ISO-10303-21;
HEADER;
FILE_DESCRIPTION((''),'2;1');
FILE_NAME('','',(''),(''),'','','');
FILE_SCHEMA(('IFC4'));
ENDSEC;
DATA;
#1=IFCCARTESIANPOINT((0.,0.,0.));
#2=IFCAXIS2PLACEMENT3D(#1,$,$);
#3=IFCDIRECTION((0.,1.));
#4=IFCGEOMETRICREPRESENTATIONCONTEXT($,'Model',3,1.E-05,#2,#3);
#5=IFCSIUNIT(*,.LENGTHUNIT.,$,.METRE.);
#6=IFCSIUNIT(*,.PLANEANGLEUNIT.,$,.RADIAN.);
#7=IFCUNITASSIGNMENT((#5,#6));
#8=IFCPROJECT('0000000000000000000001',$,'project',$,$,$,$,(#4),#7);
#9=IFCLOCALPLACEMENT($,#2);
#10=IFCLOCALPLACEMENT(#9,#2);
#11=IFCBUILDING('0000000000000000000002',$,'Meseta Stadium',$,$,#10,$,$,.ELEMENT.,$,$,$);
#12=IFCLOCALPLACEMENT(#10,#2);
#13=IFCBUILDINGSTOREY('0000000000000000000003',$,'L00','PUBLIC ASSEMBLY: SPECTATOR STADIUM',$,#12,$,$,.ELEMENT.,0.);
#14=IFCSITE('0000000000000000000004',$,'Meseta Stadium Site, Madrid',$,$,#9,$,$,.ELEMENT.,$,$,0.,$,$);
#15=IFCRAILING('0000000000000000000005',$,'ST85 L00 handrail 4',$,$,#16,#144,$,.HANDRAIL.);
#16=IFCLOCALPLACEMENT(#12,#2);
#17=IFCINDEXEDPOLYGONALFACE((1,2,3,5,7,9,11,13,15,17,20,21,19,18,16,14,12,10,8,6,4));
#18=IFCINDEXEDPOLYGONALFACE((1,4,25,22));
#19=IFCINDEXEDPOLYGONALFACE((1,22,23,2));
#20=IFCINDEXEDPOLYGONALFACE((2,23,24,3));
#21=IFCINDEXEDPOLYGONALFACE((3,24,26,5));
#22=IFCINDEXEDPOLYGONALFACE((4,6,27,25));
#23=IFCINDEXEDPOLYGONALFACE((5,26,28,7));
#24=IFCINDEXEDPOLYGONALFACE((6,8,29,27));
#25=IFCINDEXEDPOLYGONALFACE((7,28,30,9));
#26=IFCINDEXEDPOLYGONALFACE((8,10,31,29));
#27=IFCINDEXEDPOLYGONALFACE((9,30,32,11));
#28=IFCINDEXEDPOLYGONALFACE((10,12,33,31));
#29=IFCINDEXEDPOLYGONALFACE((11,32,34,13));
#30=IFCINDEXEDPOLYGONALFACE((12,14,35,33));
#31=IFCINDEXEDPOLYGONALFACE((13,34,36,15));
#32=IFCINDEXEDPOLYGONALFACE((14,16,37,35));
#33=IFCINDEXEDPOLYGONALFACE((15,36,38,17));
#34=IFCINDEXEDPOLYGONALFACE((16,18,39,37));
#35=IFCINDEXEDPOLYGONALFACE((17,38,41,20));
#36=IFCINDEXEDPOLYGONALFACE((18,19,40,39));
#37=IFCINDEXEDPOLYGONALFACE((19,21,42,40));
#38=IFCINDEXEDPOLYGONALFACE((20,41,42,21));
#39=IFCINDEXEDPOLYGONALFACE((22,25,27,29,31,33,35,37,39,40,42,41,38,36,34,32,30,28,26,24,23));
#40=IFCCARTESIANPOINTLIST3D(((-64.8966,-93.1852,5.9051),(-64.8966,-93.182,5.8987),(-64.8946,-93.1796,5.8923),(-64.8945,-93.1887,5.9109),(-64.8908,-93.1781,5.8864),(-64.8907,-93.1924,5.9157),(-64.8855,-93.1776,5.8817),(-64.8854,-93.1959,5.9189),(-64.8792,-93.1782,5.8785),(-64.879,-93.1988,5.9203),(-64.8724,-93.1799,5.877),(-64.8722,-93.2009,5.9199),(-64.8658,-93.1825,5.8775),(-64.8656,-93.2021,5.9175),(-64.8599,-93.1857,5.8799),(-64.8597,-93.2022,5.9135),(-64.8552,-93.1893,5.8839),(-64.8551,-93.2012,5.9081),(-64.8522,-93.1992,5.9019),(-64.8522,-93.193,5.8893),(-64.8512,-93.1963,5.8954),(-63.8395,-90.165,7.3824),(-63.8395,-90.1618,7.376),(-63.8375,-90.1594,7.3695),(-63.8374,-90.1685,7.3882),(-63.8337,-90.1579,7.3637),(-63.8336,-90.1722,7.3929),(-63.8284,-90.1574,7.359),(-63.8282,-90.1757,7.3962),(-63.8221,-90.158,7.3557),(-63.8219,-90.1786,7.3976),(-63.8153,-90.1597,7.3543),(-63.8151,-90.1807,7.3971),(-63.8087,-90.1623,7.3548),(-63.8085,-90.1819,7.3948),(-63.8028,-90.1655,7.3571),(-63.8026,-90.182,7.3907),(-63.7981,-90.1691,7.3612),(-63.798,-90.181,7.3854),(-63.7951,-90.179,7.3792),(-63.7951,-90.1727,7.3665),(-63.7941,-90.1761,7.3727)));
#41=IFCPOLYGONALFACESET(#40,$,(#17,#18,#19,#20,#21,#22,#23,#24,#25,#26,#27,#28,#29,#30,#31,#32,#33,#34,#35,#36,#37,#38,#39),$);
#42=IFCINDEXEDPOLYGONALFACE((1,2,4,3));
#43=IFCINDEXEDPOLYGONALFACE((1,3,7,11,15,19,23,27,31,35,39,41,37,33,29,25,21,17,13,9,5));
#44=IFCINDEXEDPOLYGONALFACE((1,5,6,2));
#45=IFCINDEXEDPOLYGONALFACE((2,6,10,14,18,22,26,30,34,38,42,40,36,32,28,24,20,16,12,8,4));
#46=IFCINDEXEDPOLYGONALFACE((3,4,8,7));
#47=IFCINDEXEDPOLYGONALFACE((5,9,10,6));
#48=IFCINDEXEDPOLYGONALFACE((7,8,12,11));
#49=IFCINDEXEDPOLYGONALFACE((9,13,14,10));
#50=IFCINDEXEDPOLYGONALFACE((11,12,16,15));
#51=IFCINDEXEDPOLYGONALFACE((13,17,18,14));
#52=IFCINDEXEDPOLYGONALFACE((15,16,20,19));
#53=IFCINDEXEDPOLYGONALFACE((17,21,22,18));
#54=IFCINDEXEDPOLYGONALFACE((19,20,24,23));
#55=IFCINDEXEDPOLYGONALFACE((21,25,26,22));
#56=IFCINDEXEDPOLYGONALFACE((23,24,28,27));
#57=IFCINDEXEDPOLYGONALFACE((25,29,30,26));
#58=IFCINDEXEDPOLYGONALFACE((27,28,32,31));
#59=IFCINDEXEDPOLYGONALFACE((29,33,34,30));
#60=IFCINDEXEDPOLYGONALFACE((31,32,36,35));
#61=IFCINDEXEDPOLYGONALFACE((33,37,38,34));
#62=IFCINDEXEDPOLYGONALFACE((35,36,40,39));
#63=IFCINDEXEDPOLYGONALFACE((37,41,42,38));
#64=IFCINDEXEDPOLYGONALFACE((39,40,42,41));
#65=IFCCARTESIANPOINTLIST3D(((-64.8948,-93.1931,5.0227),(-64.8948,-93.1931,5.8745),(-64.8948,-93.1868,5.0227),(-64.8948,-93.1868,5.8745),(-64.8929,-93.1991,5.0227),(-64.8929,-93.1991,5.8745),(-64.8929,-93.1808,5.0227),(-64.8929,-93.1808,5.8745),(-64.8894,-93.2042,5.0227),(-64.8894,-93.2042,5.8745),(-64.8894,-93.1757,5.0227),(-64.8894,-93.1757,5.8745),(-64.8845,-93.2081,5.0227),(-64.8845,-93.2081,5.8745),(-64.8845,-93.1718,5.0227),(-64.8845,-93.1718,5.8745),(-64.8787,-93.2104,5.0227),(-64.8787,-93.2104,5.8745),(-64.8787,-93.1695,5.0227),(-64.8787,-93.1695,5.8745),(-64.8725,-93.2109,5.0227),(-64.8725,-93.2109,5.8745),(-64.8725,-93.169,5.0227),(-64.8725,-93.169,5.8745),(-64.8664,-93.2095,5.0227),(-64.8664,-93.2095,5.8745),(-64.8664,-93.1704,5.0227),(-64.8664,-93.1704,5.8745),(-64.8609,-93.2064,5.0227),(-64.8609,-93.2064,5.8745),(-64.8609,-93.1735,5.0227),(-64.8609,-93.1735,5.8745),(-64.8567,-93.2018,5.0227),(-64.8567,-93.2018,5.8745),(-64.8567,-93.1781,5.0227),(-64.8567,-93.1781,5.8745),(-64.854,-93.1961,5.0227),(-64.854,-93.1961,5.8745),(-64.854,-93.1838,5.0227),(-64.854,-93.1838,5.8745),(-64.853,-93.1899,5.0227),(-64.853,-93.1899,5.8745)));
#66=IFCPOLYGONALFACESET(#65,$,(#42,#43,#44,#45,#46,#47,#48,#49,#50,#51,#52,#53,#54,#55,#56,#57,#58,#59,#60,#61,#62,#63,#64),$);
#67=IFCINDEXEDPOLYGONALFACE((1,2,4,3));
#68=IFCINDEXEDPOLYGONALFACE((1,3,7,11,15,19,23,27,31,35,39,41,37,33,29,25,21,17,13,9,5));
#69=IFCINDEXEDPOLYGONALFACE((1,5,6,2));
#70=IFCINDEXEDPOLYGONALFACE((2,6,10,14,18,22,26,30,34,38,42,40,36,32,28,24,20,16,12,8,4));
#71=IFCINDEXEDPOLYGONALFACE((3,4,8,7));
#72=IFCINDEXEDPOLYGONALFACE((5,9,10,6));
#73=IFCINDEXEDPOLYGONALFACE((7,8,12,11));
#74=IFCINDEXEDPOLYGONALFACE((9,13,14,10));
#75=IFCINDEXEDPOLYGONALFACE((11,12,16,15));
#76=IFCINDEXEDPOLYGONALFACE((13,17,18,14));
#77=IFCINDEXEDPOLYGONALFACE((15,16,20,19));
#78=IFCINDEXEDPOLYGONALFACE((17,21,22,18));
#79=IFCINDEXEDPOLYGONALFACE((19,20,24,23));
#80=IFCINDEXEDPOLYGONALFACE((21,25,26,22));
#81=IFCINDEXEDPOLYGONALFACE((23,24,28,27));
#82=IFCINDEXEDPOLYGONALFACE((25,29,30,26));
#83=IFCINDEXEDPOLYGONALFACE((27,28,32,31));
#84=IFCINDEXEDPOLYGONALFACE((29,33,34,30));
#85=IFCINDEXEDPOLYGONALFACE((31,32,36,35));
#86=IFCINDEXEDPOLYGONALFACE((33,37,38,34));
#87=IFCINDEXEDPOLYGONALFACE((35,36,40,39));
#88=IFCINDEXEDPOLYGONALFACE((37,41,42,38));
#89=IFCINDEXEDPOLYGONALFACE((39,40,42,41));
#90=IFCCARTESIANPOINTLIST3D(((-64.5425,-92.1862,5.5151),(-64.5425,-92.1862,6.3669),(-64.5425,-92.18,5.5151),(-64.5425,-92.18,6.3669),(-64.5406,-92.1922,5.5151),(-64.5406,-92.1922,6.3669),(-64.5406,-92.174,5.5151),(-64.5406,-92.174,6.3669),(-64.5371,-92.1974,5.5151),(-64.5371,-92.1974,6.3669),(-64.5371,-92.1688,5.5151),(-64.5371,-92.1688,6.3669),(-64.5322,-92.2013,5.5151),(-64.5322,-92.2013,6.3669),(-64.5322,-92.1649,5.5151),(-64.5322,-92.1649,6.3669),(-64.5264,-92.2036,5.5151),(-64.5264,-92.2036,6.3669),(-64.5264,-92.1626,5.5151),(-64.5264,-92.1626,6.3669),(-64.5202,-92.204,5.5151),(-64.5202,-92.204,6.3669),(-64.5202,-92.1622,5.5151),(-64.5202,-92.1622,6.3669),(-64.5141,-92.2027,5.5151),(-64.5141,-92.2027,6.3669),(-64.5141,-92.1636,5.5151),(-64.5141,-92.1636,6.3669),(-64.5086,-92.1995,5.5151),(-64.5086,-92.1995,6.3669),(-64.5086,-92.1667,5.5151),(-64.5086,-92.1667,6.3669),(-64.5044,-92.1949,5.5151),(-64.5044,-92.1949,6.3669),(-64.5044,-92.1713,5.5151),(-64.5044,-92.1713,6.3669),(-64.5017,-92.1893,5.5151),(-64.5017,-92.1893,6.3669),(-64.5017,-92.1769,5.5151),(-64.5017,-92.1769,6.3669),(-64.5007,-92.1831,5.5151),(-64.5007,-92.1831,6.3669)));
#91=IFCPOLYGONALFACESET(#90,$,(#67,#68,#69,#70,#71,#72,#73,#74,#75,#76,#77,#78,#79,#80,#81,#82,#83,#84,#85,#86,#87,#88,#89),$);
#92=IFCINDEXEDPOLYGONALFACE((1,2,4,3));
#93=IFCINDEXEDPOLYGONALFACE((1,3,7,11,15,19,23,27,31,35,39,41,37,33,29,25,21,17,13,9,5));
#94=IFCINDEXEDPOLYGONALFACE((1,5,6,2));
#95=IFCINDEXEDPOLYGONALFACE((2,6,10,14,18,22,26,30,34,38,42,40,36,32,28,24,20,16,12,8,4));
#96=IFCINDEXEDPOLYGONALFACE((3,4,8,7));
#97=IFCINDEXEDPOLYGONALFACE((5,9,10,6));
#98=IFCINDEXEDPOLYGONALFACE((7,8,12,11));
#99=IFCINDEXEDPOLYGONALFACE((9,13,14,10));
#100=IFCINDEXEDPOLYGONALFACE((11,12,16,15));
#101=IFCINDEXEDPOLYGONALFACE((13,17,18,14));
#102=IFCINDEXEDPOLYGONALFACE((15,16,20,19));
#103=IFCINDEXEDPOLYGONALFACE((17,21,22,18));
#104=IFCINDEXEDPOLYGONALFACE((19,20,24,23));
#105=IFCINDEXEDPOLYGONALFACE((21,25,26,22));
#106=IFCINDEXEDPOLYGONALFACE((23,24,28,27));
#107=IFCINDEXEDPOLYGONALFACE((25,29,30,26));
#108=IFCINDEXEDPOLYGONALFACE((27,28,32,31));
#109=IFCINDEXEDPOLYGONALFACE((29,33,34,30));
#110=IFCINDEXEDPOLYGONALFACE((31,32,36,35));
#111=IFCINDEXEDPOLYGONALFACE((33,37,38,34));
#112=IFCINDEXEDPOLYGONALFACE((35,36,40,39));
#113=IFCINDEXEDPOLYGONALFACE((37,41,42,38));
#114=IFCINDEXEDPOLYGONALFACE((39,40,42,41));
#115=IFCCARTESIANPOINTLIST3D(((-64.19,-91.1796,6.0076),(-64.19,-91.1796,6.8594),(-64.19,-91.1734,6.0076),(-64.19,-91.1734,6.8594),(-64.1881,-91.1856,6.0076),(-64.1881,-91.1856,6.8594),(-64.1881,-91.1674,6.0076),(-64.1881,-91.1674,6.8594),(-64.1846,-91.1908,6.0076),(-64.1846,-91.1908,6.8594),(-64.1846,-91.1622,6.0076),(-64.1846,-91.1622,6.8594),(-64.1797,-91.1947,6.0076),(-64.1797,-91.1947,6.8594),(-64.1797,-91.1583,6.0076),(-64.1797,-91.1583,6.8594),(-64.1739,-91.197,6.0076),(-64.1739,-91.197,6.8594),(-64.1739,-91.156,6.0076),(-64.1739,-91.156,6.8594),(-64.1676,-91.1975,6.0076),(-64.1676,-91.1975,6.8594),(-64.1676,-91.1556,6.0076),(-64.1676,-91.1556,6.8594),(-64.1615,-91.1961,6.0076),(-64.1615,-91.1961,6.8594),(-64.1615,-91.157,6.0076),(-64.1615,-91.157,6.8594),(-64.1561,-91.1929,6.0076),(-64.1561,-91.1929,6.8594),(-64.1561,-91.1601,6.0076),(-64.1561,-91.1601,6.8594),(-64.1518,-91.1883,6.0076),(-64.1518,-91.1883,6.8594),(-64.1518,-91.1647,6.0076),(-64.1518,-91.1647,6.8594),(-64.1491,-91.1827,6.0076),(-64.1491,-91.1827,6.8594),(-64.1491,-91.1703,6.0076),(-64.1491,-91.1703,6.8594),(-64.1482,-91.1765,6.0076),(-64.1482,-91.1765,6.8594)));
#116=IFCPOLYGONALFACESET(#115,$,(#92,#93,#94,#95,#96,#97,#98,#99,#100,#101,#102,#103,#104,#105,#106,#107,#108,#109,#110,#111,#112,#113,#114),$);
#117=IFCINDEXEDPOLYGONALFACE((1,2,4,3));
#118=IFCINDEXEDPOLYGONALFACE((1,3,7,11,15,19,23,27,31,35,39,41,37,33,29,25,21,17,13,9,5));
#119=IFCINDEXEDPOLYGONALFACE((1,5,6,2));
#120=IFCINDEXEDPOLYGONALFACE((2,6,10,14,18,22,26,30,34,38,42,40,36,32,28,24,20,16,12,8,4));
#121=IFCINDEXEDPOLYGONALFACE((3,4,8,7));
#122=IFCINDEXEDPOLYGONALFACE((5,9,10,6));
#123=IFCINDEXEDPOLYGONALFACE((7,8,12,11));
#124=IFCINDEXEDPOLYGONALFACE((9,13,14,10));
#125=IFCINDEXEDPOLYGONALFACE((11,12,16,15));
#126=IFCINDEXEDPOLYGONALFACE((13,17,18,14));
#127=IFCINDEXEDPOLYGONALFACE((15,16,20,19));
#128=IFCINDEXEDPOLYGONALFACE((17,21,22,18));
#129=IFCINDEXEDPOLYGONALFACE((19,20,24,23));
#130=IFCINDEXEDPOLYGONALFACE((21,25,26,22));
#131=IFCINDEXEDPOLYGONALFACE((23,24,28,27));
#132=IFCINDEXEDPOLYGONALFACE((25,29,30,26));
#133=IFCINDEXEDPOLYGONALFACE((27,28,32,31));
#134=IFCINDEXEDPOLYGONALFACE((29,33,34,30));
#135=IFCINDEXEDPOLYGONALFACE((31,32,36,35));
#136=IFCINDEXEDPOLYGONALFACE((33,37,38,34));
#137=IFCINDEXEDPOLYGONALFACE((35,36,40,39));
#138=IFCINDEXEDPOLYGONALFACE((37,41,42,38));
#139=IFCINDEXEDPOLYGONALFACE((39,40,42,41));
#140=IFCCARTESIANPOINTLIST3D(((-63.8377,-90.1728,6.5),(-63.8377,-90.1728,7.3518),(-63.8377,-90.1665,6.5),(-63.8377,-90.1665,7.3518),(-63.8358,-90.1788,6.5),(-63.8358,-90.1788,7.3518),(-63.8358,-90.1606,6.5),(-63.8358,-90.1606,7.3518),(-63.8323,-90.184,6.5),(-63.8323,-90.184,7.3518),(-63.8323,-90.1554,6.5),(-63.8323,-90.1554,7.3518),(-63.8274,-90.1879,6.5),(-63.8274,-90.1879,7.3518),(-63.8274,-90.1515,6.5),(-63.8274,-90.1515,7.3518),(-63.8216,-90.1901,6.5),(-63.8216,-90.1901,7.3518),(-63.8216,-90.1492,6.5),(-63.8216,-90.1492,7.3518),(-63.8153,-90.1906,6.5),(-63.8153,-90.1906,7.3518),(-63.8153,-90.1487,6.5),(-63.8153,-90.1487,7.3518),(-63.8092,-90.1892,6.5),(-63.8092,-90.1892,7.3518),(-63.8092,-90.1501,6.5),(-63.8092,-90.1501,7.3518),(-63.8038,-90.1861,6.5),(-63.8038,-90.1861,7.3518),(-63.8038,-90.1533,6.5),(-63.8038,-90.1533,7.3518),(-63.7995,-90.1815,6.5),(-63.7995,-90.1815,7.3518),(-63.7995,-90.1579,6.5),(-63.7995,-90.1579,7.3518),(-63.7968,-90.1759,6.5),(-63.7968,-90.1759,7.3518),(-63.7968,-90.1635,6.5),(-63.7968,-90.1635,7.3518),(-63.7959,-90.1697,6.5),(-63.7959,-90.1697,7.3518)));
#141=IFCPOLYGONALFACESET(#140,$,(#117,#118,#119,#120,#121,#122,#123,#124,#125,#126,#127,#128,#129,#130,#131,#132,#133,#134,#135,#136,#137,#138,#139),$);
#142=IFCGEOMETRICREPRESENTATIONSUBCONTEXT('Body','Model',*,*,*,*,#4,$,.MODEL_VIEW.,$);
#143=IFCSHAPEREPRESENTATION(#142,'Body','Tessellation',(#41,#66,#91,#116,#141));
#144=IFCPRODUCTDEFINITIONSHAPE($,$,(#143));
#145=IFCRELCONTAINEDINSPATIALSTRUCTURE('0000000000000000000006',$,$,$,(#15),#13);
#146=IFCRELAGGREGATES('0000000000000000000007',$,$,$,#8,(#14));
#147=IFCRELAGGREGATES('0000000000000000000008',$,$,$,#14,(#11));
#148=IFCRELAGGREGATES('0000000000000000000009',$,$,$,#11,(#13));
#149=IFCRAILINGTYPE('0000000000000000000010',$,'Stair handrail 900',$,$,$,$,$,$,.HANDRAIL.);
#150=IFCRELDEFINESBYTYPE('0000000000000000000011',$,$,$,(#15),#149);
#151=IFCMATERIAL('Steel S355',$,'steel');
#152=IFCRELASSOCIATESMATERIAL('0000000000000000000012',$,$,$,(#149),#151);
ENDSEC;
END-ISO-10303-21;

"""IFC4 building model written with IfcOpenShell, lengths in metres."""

from ifc_helpers import new_model, si_unit, direction, frame, origin, origin_2d, place, context, subcontext, project, spatial, circle, extrude, material, type_object, element, save


model = new_model("IFC4")

# Units and contexts
model_context = context("Model", 3, precision=1e-05, world=origin(), true_north=direction((0.0, 1.0)))
body_context = subcontext(model_context, "Body", "Model", "MODEL_VIEW")
ifc_project = project(units=[si_unit("LENGTHUNIT", "METRE"), si_unit("PLANEANGLEUNIT", "RADIAN")], contexts=[model_context])

# Site, building, storey
site_placement = place(None, origin())
site = spatial("IfcSite", under=ifc_project, at=site_placement, Name="Meseta Stadium Site, Madrid", CompositionType="ELEMENT", RefElevation=0.0)
building_placement = place(site_placement, origin())
building = spatial("IfcBuilding", under=site, at=building_placement, Name="Meseta Stadium", CompositionType="ELEMENT")
storey_placement = place(building_placement, origin())
storey = spatial("IfcBuildingStorey", under=building, at=storey_placement, Name="L00", Description="PUBLIC ASSEMBLY: SPECTATOR STADIUM", CompositionType="ELEMENT", Elevation=0.0)

# Railing
ifc_material_1 = material(Name="Steel S355", Category="steel")
railing_type_1 = type_object("IfcRailingType", Name="Stair handrail 900", PredefinedType="HANDRAIL", material=ifc_material_1)
for number, where, name in (
    (1, (-64.874, -93.1899, 5.0227), "ST85 L00 handrail 4"),
):
    element("IfcRailing", number, at=place(storey_placement, frame(where)), inside=storey, type_object=railing_type_1, Name=name, PredefinedType="HANDRAIL", context=body_context, shape_type="SweptSolid", body=[
        extrude(circle(Radius=0.0239, at=origin_2d()), frame((0.0, 0.0, 0.876), z_axis=(0.29994, 0.85694, 0.419153), x_axis=(-0.943855, 0.330361, 0.0)), (0.0, 0.0, 1.0), 3.5244),
        extrude(circle(Radius=0.021, at=origin_2d()), origin(), (0.0, 0.0, 1.0), 0.8518),
        extrude(circle(Radius=0.021, at=origin_2d()), frame((0.3523, 1.0068, 0.4924)), (0.0, 0.0, 1.0), 0.8518),
        extrude(circle(Radius=0.021, at=origin_2d()), frame((0.7048, 2.0134, 0.9849)), (0.0, 0.0, 1.0), 0.8518),
        extrude(circle(Radius=0.021, at=origin_2d()), frame((1.0571, 3.0203, 1.4773)), (0.0, 0.0, 1.0), 0.8518),
    ])

save(model, "model.ifc")
